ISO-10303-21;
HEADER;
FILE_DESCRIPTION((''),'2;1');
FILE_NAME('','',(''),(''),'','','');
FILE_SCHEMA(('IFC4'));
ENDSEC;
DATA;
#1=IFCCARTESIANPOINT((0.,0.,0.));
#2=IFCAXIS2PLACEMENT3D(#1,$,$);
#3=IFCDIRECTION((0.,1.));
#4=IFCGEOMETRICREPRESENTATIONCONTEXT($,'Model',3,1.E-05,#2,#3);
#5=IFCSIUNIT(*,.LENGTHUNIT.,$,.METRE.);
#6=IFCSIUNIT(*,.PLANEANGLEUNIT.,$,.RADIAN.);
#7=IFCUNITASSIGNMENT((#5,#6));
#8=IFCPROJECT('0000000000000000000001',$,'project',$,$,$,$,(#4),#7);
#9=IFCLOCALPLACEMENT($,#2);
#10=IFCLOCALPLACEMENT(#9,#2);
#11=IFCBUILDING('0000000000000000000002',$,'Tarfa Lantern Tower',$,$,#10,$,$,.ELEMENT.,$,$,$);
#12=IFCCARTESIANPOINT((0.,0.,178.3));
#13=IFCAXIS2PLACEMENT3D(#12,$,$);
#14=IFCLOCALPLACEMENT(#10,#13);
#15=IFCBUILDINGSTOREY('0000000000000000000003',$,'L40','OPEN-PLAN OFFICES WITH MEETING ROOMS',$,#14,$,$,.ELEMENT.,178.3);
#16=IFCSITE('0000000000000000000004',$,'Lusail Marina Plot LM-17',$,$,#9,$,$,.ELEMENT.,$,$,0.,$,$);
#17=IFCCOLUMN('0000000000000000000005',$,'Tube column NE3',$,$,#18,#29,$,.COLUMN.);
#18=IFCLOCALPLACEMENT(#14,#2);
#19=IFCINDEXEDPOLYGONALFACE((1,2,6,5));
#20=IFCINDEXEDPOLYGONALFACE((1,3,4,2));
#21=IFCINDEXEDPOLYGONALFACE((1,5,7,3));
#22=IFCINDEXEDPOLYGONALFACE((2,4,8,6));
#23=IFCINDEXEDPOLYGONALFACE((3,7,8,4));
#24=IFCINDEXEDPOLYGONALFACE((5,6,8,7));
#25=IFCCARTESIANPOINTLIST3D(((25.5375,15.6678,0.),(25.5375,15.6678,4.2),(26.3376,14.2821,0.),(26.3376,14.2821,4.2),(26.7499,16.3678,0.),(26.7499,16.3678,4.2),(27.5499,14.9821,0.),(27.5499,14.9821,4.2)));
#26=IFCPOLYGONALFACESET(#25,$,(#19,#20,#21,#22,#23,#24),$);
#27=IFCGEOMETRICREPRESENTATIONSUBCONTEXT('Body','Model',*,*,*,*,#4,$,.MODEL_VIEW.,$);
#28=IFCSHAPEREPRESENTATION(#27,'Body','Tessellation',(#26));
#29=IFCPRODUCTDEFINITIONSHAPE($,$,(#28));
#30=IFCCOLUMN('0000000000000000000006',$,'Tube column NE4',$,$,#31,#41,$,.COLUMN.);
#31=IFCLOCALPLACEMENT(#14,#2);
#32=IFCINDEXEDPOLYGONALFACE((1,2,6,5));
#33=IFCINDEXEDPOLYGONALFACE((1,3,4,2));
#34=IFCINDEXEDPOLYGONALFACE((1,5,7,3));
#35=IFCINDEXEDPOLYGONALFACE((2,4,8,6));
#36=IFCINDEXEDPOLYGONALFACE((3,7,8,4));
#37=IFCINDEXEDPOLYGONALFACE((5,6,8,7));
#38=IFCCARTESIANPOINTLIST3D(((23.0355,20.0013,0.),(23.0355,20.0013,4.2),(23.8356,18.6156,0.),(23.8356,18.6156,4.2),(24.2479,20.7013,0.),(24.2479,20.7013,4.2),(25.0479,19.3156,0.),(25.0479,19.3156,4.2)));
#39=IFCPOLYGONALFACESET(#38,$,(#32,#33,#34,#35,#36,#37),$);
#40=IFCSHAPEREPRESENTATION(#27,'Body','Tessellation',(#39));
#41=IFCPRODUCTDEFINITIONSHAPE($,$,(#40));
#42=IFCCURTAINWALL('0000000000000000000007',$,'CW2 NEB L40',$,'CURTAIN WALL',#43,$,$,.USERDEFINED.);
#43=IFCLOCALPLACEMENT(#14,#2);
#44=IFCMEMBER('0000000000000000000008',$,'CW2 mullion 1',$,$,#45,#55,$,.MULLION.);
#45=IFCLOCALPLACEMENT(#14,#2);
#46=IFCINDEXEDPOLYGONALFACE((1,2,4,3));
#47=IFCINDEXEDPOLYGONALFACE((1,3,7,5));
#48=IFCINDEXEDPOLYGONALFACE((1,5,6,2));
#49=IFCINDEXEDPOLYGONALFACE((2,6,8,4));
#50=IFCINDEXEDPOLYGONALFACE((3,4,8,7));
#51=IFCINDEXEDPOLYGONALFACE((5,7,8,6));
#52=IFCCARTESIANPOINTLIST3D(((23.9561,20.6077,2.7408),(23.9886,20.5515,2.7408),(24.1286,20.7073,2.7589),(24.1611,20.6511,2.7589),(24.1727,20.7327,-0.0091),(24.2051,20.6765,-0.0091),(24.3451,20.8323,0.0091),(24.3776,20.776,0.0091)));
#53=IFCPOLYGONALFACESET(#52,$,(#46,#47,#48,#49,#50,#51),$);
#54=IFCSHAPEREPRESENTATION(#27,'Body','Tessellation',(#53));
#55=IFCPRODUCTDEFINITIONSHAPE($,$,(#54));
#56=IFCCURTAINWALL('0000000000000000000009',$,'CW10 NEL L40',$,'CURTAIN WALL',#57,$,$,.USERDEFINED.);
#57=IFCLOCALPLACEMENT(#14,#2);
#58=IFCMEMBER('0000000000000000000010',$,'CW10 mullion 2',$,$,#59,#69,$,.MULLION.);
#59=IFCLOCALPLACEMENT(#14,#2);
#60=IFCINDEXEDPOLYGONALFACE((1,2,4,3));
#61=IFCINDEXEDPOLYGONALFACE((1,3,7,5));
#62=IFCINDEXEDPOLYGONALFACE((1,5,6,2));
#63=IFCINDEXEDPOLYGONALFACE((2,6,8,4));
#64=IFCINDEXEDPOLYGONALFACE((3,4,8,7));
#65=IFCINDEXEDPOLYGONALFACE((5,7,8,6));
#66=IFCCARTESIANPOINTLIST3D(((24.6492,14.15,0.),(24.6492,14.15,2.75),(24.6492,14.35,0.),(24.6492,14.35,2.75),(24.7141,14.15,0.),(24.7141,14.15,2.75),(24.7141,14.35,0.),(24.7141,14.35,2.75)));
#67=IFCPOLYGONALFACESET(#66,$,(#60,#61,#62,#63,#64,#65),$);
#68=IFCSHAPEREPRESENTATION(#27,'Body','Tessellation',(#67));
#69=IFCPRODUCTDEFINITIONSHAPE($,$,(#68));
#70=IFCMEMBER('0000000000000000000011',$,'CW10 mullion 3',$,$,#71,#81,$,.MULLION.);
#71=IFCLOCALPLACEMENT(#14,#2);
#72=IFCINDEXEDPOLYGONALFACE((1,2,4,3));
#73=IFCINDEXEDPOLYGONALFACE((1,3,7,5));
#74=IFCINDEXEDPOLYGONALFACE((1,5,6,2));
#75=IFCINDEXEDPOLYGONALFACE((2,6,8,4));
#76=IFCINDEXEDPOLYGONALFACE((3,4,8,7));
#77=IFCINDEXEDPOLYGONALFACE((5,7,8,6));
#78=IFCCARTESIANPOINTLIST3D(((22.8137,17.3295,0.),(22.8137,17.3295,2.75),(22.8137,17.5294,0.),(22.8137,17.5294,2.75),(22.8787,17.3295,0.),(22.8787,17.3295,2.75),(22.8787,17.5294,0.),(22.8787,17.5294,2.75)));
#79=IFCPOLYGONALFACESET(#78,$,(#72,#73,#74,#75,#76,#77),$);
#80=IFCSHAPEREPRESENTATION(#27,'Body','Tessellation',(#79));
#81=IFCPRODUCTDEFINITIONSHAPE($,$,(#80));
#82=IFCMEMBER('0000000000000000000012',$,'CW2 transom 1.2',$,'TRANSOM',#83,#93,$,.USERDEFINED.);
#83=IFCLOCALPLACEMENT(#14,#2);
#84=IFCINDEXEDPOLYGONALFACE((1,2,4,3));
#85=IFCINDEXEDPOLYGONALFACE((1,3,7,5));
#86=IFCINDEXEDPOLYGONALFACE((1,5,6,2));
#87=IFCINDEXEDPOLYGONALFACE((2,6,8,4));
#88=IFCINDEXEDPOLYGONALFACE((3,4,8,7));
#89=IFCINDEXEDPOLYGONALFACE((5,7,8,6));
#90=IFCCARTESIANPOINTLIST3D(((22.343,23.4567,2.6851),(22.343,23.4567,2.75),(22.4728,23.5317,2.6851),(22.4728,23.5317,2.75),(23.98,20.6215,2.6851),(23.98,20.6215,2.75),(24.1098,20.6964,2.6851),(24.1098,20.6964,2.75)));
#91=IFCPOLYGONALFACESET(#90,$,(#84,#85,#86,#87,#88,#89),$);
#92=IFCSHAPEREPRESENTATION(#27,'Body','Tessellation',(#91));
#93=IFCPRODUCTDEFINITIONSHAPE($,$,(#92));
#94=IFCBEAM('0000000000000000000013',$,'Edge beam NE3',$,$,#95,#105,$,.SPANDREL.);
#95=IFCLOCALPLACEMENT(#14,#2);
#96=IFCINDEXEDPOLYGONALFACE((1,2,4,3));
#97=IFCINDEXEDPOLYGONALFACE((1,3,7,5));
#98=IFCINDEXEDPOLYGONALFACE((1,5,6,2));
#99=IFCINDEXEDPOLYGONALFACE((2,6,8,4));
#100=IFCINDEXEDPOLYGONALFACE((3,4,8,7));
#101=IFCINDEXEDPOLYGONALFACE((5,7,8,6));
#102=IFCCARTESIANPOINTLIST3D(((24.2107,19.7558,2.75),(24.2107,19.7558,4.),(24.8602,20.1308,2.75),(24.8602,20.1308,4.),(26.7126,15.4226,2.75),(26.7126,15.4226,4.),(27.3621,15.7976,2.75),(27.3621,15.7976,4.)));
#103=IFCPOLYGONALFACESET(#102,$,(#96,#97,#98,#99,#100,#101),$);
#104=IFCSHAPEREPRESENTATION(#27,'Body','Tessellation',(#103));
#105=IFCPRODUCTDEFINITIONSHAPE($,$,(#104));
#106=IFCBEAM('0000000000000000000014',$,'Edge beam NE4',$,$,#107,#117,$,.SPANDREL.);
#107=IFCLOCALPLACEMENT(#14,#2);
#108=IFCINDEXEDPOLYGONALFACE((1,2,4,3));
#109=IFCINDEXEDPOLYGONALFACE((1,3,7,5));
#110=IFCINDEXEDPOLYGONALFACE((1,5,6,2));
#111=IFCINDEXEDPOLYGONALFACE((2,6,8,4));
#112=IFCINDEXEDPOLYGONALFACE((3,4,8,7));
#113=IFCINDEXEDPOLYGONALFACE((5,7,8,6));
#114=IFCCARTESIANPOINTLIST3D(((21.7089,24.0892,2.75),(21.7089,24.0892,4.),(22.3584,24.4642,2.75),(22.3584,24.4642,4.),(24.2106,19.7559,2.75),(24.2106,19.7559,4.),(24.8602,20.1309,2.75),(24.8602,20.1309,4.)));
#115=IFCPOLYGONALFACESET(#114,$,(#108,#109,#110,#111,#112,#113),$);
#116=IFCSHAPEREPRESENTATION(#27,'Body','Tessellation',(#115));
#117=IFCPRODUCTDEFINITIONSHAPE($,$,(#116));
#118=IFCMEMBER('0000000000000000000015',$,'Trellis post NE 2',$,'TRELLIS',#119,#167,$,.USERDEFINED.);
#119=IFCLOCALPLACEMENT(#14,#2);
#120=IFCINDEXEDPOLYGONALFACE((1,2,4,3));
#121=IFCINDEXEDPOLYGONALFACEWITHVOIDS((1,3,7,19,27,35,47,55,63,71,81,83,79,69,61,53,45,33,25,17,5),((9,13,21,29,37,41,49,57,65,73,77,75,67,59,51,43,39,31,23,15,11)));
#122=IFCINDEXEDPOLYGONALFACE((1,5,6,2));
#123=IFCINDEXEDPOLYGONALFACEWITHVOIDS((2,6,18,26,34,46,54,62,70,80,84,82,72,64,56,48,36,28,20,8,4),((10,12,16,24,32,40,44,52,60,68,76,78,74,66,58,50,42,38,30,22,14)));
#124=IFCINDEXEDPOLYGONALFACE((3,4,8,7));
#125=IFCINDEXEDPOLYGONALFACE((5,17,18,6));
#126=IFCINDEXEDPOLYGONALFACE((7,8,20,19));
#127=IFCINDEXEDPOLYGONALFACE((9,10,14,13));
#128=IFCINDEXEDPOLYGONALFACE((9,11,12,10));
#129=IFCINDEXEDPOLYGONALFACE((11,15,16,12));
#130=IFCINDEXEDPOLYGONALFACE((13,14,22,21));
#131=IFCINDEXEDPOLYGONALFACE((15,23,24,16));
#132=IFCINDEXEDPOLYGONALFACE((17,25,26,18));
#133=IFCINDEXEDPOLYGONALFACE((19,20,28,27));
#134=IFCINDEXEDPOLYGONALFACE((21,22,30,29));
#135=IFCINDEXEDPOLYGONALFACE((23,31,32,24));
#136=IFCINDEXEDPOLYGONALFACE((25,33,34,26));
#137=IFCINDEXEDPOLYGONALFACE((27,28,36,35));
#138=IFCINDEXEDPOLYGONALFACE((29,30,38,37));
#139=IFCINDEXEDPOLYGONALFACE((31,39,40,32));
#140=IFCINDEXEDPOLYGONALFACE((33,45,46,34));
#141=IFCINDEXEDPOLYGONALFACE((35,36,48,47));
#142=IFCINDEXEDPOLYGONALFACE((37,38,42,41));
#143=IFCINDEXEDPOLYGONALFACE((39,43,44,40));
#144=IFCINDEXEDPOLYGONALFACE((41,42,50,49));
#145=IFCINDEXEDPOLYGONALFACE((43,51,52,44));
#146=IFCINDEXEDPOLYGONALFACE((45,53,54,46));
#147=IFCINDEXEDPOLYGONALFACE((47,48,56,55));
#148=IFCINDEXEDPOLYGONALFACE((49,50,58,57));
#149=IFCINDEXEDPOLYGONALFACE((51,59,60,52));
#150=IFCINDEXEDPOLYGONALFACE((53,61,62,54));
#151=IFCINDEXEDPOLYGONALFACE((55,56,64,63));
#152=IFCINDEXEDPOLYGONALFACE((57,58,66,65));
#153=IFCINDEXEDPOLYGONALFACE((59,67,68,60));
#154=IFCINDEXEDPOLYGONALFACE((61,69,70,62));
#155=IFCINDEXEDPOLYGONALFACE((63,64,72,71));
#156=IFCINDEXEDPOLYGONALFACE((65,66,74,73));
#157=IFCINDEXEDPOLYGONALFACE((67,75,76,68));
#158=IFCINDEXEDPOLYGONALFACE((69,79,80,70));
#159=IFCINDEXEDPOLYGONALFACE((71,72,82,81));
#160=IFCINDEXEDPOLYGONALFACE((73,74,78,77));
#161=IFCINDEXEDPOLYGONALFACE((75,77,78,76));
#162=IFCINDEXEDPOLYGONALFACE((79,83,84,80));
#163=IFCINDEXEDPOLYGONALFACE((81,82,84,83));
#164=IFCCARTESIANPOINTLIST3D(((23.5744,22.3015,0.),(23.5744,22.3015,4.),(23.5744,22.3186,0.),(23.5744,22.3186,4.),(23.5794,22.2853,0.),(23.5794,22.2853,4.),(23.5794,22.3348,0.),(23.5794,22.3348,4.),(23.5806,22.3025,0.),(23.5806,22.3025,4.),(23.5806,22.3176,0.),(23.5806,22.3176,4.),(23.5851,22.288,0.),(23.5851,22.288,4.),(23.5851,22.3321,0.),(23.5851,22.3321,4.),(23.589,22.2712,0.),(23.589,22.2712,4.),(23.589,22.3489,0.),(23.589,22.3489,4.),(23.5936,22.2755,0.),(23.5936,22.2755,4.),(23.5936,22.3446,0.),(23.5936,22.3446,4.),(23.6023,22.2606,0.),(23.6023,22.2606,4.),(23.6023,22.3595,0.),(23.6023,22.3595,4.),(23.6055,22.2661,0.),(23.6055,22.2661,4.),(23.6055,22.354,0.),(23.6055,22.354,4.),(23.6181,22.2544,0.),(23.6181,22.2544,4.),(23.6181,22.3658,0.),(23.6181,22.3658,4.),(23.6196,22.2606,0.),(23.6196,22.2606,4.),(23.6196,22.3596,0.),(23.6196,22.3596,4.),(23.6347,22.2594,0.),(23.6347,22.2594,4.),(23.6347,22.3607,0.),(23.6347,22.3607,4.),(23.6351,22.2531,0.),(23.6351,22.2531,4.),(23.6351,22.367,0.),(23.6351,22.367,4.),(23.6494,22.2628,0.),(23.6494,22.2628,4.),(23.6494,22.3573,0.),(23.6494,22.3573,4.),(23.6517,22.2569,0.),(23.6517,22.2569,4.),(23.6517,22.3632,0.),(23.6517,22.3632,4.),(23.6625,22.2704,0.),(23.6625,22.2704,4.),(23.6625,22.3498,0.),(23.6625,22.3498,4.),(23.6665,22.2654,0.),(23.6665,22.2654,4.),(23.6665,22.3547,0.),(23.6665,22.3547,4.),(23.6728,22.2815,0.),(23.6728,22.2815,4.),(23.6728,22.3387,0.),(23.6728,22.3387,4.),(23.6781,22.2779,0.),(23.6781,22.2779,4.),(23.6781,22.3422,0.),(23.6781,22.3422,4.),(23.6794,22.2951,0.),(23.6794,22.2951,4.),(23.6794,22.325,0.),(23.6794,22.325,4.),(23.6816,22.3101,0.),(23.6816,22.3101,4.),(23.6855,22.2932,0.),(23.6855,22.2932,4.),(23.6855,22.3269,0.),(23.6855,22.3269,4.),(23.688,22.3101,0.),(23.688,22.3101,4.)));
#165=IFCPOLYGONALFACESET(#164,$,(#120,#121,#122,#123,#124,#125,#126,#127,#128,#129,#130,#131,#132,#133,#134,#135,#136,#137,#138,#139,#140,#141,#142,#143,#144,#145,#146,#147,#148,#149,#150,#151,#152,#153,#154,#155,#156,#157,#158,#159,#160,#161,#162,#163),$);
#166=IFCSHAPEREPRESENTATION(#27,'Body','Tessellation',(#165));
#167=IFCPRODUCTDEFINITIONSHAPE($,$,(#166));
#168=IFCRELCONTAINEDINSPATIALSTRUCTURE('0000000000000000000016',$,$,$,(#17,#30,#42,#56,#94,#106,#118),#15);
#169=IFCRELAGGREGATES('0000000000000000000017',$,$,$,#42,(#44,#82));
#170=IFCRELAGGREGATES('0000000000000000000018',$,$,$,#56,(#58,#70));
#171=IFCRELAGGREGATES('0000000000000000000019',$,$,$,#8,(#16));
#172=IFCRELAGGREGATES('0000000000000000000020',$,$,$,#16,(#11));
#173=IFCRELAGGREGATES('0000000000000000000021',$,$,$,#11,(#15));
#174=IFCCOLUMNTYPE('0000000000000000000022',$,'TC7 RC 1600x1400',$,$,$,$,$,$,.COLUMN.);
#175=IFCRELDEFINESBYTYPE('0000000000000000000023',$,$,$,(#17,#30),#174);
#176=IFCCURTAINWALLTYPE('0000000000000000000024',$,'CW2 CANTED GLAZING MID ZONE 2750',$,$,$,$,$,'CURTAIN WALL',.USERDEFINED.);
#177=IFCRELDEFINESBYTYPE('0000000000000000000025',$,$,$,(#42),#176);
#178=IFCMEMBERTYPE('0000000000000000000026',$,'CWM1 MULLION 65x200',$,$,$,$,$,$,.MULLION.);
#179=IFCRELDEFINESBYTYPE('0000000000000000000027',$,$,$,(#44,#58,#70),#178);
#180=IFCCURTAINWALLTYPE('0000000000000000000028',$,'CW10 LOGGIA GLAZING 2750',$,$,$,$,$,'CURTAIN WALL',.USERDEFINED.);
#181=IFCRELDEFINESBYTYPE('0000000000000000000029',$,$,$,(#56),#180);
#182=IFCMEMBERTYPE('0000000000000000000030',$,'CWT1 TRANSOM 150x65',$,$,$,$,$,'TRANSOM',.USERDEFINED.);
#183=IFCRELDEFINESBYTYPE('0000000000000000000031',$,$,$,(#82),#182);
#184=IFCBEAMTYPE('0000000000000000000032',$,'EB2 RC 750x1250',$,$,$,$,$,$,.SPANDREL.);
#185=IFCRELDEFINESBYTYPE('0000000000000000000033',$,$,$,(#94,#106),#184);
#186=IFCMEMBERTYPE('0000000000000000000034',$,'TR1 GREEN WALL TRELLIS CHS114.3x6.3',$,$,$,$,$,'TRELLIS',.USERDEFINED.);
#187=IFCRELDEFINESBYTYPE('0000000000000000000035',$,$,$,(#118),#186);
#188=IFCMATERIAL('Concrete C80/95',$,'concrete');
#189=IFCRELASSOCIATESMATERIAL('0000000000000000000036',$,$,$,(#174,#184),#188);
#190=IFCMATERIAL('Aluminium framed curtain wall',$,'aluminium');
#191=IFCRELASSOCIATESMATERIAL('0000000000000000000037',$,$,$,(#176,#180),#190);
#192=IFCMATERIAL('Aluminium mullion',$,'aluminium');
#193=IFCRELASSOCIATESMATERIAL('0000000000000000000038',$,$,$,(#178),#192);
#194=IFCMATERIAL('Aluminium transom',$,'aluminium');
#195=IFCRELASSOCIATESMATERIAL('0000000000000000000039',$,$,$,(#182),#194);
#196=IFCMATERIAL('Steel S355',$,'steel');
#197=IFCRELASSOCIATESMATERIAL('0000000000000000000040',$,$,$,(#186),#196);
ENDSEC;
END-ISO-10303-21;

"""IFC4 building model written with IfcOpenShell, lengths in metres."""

from ifc_helpers import new_model, si_unit, direction, frame, origin, origin_2d, place, context, subcontext, project, spatial, rectangle, hollow_circle, extrude, material, material_profile, profile_set, type_object, element, aggregate, save


model = new_model("IFC4")

# Units and contexts
model_context = context("Model", 3, precision=1e-05, world=origin(), true_north=direction((0.0, 1.0)))
body_context = subcontext(model_context, "Body", "Model", "MODEL_VIEW")
ifc_project = project(units=[si_unit("LENGTHUNIT", "METRE"), si_unit("PLANEANGLEUNIT", "RADIAN")], contexts=[model_context])

# Site, building, storey
site_placement = place(None, origin())
site = spatial("IfcSite", under=ifc_project, at=site_placement, Name="Lusail Marina Plot LM-17", CompositionType="ELEMENT", RefElevation=0.0)
building_placement = place(site_placement, origin())
building = spatial("IfcBuilding", under=site, at=building_placement, Name="Tarfa Lantern Tower", CompositionType="ELEMENT")
storey_placement = place(building_placement, frame((0.0, 0.0, 178.3)))
storey = spatial("IfcBuildingStorey", under=building, at=storey_placement, Name="L40", Description="OPEN-PLAN OFFICES WITH MEETING ROOMS", CompositionType="ELEMENT", Elevation=178.3)

# Columns
ifc_material_1 = material(Name="Concrete C80/95", Category="concrete")
ifc_material_profile_1 = material_profile(ifc_material_1, rectangle(XDim=1.6001, YDim=1.3999, at=origin_2d()), Name="RC 1600x1400")
ifc_profile_set_1 = profile_set([ifc_material_profile_1], Name="Concrete C80/95")
column_type = type_object("IfcColumnType", Name="TC7 RC 1600x1400", PredefinedType="COLUMN", material=ifc_profile_set_1)
for number, where, z_axis, x_axis, name in (
    (1, (26.5437, 15.325, 0.0), (0.0, 0.0, 1.0), (-0.5, 0.866025, 0.0), "Tube column NE3"),
    (2, (24.0417, 19.6584, 0.0), (0.0, 0.0, 1.0), (-0.5, 0.866025, 0.0), "Tube column NE4"),
):
    element("IfcColumn", number, at=place(storey_placement, frame(where, z_axis=z_axis, x_axis=x_axis)), inside=storey, type_object=column_type, Name=name, PredefinedType="COLUMN", context=body_context, shape_type="SweptSolid", body=[
        extrude(rectangle(XDim=1.6001, YDim=1.3999, at=origin_2d()), origin(), (0.0, 0.0, 1.0), 4.2),
    ])

# Curtain wall, member
ifc_material_2 = material(Name="Aluminium framed curtain wall", Category="aluminium")
curtain_wall_type_1 = type_object("IfcCurtainWallType", Name="CW2 CANTED GLAZING MID ZONE 2750", ElementType="CURTAIN WALL", PredefinedType="USERDEFINED", material=ifc_material_2)
curtain_wall_1_placement = place(storey_placement, origin())
curtain_wall_1 = element("IfcCurtainWall", 3, at=curtain_wall_1_placement, inside=storey, type_object=curtain_wall_type_1, Name="CW2 NEB L40", ObjectType="CURTAIN WALL", PredefinedType="USERDEFINED")
ifc_material_3 = material(Name="Aluminium mullion", Category="aluminium")
ifc_material_profile_2 = material_profile(ifc_material_3, rectangle(XDim=0.0649, YDim=0.2, at=origin_2d()), Name="AL MULLION 65x200")
ifc_profile_set_2 = profile_set([ifc_material_profile_2], Name="Aluminium mullion")
member_type_1 = type_object("IfcMemberType", Name="CWM1 MULLION 65x200", PredefinedType="MULLION", material=ifc_profile_set_2)
member_1_placement = place(storey_placement, frame((24.2751, 20.7544, 0.0), z_axis=(-0.078423, -0.045268, 0.995892), x_axis=(0.49992, -0.866072, 0.0)))
member_1 = element("IfcMember", 4, at=member_1_placement, type_object=member_type_1, Name="CW2 mullion 1", PredefinedType="MULLION", context=body_context, shape_type="SweptSolid", body=[
    extrude(rectangle(XDim=0.0649, YDim=0.2, at=origin_2d()), origin(), (0.0, 0.0, 1.0), 2.7612),
])

# Curtain wall, members
curtain_wall_type_2 = type_object("IfcCurtainWallType", Name="CW10 LOGGIA GLAZING 2750", ElementType="CURTAIN WALL", PredefinedType="USERDEFINED", material=ifc_material_2)
curtain_wall_2_placement = place(storey_placement, origin())
curtain_wall_2 = element("IfcCurtainWall", 5, at=curtain_wall_2_placement, inside=storey, type_object=curtain_wall_type_2, Name="CW10 NEL L40", ObjectType="CURTAIN WALL", PredefinedType="USERDEFINED")
member_2_placement = place(storey_placement, frame((24.6816, 14.25, 0.0), z_axis=(0.0, 0.0, 1.0), x_axis=(1.0, 0.0, 0.0)))
member_2 = element("IfcMember", 6, at=member_2_placement, type_object=member_type_1, Name="CW10 mullion 2", PredefinedType="MULLION", context=body_context, shape_type="SweptSolid", body=[
    extrude(rectangle(XDim=0.0649, YDim=0.2, at=origin_2d()), origin(), (0.0, 0.0, 1.0), 2.75),
])
member_3_placement = place(storey_placement, frame((22.8462, 17.4294, 0.0), z_axis=(0.0, 0.0, 1.0), x_axis=(1.0, 0.0, 0.0)))
member_3 = element("IfcMember", 7, at=member_3_placement, type_object=member_type_1, Name="CW10 mullion 3", PredefinedType="MULLION", context=body_context, shape_type="SweptSolid", body=[
    extrude(rectangle(XDim=0.0649, YDim=0.2, at=origin_2d()), origin(), (0.0, 0.0, 1.0), 2.75),
])

# Member
ifc_material_4 = material(Name="Aluminium transom", Category="aluminium")
ifc_material_profile_3 = material_profile(ifc_material_4, rectangle(XDim=0.1499, YDim=0.0649, at=origin_2d()), Name="AL TRANSOM 150x65")
ifc_profile_set_3 = profile_set([ifc_material_profile_3], Name="Aluminium transom")
member_type_2 = type_object("IfcMemberType", Name="CWT1 TRANSOM 150x65", ElementType="TRANSOM", PredefinedType="USERDEFINED", material=ifc_profile_set_3)
member_4_placement = place(storey_placement, frame((24.0449, 20.6589, 2.7175), z_axis=(-0.500013, 0.866018, 0.0), x_axis=(-0.866018, -0.500013, 0.0)))
member_4 = element("IfcMember", 8, at=member_4_placement, type_object=member_type_2, Name="CW2 transom 1.2", ObjectType="TRANSOM", PredefinedType="USERDEFINED", context=body_context, shape_type="SweptSolid", body=[
    extrude(rectangle(XDim=0.1499, YDim=0.0649, at=origin_2d()), origin(), (0.0, 0.0, 1.0), 3.2739),
])

# Beams
ifc_material_profile_4 = material_profile(ifc_material_1, rectangle(XDim=0.75, YDim=1.25, at=origin_2d()), Name="RC 750x1250")
ifc_profile_set_4 = profile_set([ifc_material_profile_4], Name="Concrete C80/95")
beam_type_1 = type_object("IfcBeamType", Name="EB2 RC 750x1250", PredefinedType="SPANDREL", material=ifc_profile_set_4)
for number, where, z_axis, x_axis, name in (
    (9, (27.0374, 15.6101, 3.375), (-0.500022, 0.866013, 0.0), (-0.866013, -0.500022, 0.0), "Edge beam NE3"),
    (10, (24.5354, 19.9434, 3.375), (-0.499986, 0.866034, 0.0), (-0.866034, -0.499986, 0.0), "Edge beam NE4"),
):
    element("IfcBeam", number, at=place(storey_placement, frame(where, z_axis=z_axis, x_axis=x_axis)), inside=storey, type_object=beam_type_1, Name=name, PredefinedType="SPANDREL", context=body_context, shape_type="SweptSolid", body=[
        extrude(rectangle(XDim=0.75, YDim=1.25, at=origin_2d()), origin(), (0.0, 0.0, 1.0), 5.0037),
    ])

# Member
ifc_material_5 = material(Name="Steel S355", Category="steel")
ifc_material_profile_5 = material_profile(ifc_material_5, hollow_circle(Radius=0.0571, WallThickness=0.0063, at=origin_2d()), Name="CHS114.3x6.3")
ifc_profile_set_5 = profile_set([ifc_material_profile_5], Name="Steel S355")
member_type_3 = type_object("IfcMemberType", Name="TR1 GREEN WALL TRELLIS CHS114.3x6.3", ElementType="TRELLIS", PredefinedType="USERDEFINED", material=ifc_profile_set_5)
member_5_placement = place(storey_placement, frame((23.6309, 22.3101, 0.0), z_axis=(0.0, 0.0, 1.0), x_axis=(1.0, 0.0, 0.0)))
element("IfcMember", 11, at=member_5_placement, inside=storey, type_object=member_type_3, Name="Trellis post NE 2", ObjectType="TRELLIS", PredefinedType="USERDEFINED", context=body_context, shape_type="SweptSolid", body=[
    extrude(hollow_circle(Radius=0.0571, WallThickness=0.0063, at=origin_2d()), origin(), (0.0, 0.0, 1.0), 4.0),
])

aggregate(curtain_wall_1, [member_1, member_4])
aggregate(curtain_wall_2, [member_2, member_3])

save(model, "model.ifc")
